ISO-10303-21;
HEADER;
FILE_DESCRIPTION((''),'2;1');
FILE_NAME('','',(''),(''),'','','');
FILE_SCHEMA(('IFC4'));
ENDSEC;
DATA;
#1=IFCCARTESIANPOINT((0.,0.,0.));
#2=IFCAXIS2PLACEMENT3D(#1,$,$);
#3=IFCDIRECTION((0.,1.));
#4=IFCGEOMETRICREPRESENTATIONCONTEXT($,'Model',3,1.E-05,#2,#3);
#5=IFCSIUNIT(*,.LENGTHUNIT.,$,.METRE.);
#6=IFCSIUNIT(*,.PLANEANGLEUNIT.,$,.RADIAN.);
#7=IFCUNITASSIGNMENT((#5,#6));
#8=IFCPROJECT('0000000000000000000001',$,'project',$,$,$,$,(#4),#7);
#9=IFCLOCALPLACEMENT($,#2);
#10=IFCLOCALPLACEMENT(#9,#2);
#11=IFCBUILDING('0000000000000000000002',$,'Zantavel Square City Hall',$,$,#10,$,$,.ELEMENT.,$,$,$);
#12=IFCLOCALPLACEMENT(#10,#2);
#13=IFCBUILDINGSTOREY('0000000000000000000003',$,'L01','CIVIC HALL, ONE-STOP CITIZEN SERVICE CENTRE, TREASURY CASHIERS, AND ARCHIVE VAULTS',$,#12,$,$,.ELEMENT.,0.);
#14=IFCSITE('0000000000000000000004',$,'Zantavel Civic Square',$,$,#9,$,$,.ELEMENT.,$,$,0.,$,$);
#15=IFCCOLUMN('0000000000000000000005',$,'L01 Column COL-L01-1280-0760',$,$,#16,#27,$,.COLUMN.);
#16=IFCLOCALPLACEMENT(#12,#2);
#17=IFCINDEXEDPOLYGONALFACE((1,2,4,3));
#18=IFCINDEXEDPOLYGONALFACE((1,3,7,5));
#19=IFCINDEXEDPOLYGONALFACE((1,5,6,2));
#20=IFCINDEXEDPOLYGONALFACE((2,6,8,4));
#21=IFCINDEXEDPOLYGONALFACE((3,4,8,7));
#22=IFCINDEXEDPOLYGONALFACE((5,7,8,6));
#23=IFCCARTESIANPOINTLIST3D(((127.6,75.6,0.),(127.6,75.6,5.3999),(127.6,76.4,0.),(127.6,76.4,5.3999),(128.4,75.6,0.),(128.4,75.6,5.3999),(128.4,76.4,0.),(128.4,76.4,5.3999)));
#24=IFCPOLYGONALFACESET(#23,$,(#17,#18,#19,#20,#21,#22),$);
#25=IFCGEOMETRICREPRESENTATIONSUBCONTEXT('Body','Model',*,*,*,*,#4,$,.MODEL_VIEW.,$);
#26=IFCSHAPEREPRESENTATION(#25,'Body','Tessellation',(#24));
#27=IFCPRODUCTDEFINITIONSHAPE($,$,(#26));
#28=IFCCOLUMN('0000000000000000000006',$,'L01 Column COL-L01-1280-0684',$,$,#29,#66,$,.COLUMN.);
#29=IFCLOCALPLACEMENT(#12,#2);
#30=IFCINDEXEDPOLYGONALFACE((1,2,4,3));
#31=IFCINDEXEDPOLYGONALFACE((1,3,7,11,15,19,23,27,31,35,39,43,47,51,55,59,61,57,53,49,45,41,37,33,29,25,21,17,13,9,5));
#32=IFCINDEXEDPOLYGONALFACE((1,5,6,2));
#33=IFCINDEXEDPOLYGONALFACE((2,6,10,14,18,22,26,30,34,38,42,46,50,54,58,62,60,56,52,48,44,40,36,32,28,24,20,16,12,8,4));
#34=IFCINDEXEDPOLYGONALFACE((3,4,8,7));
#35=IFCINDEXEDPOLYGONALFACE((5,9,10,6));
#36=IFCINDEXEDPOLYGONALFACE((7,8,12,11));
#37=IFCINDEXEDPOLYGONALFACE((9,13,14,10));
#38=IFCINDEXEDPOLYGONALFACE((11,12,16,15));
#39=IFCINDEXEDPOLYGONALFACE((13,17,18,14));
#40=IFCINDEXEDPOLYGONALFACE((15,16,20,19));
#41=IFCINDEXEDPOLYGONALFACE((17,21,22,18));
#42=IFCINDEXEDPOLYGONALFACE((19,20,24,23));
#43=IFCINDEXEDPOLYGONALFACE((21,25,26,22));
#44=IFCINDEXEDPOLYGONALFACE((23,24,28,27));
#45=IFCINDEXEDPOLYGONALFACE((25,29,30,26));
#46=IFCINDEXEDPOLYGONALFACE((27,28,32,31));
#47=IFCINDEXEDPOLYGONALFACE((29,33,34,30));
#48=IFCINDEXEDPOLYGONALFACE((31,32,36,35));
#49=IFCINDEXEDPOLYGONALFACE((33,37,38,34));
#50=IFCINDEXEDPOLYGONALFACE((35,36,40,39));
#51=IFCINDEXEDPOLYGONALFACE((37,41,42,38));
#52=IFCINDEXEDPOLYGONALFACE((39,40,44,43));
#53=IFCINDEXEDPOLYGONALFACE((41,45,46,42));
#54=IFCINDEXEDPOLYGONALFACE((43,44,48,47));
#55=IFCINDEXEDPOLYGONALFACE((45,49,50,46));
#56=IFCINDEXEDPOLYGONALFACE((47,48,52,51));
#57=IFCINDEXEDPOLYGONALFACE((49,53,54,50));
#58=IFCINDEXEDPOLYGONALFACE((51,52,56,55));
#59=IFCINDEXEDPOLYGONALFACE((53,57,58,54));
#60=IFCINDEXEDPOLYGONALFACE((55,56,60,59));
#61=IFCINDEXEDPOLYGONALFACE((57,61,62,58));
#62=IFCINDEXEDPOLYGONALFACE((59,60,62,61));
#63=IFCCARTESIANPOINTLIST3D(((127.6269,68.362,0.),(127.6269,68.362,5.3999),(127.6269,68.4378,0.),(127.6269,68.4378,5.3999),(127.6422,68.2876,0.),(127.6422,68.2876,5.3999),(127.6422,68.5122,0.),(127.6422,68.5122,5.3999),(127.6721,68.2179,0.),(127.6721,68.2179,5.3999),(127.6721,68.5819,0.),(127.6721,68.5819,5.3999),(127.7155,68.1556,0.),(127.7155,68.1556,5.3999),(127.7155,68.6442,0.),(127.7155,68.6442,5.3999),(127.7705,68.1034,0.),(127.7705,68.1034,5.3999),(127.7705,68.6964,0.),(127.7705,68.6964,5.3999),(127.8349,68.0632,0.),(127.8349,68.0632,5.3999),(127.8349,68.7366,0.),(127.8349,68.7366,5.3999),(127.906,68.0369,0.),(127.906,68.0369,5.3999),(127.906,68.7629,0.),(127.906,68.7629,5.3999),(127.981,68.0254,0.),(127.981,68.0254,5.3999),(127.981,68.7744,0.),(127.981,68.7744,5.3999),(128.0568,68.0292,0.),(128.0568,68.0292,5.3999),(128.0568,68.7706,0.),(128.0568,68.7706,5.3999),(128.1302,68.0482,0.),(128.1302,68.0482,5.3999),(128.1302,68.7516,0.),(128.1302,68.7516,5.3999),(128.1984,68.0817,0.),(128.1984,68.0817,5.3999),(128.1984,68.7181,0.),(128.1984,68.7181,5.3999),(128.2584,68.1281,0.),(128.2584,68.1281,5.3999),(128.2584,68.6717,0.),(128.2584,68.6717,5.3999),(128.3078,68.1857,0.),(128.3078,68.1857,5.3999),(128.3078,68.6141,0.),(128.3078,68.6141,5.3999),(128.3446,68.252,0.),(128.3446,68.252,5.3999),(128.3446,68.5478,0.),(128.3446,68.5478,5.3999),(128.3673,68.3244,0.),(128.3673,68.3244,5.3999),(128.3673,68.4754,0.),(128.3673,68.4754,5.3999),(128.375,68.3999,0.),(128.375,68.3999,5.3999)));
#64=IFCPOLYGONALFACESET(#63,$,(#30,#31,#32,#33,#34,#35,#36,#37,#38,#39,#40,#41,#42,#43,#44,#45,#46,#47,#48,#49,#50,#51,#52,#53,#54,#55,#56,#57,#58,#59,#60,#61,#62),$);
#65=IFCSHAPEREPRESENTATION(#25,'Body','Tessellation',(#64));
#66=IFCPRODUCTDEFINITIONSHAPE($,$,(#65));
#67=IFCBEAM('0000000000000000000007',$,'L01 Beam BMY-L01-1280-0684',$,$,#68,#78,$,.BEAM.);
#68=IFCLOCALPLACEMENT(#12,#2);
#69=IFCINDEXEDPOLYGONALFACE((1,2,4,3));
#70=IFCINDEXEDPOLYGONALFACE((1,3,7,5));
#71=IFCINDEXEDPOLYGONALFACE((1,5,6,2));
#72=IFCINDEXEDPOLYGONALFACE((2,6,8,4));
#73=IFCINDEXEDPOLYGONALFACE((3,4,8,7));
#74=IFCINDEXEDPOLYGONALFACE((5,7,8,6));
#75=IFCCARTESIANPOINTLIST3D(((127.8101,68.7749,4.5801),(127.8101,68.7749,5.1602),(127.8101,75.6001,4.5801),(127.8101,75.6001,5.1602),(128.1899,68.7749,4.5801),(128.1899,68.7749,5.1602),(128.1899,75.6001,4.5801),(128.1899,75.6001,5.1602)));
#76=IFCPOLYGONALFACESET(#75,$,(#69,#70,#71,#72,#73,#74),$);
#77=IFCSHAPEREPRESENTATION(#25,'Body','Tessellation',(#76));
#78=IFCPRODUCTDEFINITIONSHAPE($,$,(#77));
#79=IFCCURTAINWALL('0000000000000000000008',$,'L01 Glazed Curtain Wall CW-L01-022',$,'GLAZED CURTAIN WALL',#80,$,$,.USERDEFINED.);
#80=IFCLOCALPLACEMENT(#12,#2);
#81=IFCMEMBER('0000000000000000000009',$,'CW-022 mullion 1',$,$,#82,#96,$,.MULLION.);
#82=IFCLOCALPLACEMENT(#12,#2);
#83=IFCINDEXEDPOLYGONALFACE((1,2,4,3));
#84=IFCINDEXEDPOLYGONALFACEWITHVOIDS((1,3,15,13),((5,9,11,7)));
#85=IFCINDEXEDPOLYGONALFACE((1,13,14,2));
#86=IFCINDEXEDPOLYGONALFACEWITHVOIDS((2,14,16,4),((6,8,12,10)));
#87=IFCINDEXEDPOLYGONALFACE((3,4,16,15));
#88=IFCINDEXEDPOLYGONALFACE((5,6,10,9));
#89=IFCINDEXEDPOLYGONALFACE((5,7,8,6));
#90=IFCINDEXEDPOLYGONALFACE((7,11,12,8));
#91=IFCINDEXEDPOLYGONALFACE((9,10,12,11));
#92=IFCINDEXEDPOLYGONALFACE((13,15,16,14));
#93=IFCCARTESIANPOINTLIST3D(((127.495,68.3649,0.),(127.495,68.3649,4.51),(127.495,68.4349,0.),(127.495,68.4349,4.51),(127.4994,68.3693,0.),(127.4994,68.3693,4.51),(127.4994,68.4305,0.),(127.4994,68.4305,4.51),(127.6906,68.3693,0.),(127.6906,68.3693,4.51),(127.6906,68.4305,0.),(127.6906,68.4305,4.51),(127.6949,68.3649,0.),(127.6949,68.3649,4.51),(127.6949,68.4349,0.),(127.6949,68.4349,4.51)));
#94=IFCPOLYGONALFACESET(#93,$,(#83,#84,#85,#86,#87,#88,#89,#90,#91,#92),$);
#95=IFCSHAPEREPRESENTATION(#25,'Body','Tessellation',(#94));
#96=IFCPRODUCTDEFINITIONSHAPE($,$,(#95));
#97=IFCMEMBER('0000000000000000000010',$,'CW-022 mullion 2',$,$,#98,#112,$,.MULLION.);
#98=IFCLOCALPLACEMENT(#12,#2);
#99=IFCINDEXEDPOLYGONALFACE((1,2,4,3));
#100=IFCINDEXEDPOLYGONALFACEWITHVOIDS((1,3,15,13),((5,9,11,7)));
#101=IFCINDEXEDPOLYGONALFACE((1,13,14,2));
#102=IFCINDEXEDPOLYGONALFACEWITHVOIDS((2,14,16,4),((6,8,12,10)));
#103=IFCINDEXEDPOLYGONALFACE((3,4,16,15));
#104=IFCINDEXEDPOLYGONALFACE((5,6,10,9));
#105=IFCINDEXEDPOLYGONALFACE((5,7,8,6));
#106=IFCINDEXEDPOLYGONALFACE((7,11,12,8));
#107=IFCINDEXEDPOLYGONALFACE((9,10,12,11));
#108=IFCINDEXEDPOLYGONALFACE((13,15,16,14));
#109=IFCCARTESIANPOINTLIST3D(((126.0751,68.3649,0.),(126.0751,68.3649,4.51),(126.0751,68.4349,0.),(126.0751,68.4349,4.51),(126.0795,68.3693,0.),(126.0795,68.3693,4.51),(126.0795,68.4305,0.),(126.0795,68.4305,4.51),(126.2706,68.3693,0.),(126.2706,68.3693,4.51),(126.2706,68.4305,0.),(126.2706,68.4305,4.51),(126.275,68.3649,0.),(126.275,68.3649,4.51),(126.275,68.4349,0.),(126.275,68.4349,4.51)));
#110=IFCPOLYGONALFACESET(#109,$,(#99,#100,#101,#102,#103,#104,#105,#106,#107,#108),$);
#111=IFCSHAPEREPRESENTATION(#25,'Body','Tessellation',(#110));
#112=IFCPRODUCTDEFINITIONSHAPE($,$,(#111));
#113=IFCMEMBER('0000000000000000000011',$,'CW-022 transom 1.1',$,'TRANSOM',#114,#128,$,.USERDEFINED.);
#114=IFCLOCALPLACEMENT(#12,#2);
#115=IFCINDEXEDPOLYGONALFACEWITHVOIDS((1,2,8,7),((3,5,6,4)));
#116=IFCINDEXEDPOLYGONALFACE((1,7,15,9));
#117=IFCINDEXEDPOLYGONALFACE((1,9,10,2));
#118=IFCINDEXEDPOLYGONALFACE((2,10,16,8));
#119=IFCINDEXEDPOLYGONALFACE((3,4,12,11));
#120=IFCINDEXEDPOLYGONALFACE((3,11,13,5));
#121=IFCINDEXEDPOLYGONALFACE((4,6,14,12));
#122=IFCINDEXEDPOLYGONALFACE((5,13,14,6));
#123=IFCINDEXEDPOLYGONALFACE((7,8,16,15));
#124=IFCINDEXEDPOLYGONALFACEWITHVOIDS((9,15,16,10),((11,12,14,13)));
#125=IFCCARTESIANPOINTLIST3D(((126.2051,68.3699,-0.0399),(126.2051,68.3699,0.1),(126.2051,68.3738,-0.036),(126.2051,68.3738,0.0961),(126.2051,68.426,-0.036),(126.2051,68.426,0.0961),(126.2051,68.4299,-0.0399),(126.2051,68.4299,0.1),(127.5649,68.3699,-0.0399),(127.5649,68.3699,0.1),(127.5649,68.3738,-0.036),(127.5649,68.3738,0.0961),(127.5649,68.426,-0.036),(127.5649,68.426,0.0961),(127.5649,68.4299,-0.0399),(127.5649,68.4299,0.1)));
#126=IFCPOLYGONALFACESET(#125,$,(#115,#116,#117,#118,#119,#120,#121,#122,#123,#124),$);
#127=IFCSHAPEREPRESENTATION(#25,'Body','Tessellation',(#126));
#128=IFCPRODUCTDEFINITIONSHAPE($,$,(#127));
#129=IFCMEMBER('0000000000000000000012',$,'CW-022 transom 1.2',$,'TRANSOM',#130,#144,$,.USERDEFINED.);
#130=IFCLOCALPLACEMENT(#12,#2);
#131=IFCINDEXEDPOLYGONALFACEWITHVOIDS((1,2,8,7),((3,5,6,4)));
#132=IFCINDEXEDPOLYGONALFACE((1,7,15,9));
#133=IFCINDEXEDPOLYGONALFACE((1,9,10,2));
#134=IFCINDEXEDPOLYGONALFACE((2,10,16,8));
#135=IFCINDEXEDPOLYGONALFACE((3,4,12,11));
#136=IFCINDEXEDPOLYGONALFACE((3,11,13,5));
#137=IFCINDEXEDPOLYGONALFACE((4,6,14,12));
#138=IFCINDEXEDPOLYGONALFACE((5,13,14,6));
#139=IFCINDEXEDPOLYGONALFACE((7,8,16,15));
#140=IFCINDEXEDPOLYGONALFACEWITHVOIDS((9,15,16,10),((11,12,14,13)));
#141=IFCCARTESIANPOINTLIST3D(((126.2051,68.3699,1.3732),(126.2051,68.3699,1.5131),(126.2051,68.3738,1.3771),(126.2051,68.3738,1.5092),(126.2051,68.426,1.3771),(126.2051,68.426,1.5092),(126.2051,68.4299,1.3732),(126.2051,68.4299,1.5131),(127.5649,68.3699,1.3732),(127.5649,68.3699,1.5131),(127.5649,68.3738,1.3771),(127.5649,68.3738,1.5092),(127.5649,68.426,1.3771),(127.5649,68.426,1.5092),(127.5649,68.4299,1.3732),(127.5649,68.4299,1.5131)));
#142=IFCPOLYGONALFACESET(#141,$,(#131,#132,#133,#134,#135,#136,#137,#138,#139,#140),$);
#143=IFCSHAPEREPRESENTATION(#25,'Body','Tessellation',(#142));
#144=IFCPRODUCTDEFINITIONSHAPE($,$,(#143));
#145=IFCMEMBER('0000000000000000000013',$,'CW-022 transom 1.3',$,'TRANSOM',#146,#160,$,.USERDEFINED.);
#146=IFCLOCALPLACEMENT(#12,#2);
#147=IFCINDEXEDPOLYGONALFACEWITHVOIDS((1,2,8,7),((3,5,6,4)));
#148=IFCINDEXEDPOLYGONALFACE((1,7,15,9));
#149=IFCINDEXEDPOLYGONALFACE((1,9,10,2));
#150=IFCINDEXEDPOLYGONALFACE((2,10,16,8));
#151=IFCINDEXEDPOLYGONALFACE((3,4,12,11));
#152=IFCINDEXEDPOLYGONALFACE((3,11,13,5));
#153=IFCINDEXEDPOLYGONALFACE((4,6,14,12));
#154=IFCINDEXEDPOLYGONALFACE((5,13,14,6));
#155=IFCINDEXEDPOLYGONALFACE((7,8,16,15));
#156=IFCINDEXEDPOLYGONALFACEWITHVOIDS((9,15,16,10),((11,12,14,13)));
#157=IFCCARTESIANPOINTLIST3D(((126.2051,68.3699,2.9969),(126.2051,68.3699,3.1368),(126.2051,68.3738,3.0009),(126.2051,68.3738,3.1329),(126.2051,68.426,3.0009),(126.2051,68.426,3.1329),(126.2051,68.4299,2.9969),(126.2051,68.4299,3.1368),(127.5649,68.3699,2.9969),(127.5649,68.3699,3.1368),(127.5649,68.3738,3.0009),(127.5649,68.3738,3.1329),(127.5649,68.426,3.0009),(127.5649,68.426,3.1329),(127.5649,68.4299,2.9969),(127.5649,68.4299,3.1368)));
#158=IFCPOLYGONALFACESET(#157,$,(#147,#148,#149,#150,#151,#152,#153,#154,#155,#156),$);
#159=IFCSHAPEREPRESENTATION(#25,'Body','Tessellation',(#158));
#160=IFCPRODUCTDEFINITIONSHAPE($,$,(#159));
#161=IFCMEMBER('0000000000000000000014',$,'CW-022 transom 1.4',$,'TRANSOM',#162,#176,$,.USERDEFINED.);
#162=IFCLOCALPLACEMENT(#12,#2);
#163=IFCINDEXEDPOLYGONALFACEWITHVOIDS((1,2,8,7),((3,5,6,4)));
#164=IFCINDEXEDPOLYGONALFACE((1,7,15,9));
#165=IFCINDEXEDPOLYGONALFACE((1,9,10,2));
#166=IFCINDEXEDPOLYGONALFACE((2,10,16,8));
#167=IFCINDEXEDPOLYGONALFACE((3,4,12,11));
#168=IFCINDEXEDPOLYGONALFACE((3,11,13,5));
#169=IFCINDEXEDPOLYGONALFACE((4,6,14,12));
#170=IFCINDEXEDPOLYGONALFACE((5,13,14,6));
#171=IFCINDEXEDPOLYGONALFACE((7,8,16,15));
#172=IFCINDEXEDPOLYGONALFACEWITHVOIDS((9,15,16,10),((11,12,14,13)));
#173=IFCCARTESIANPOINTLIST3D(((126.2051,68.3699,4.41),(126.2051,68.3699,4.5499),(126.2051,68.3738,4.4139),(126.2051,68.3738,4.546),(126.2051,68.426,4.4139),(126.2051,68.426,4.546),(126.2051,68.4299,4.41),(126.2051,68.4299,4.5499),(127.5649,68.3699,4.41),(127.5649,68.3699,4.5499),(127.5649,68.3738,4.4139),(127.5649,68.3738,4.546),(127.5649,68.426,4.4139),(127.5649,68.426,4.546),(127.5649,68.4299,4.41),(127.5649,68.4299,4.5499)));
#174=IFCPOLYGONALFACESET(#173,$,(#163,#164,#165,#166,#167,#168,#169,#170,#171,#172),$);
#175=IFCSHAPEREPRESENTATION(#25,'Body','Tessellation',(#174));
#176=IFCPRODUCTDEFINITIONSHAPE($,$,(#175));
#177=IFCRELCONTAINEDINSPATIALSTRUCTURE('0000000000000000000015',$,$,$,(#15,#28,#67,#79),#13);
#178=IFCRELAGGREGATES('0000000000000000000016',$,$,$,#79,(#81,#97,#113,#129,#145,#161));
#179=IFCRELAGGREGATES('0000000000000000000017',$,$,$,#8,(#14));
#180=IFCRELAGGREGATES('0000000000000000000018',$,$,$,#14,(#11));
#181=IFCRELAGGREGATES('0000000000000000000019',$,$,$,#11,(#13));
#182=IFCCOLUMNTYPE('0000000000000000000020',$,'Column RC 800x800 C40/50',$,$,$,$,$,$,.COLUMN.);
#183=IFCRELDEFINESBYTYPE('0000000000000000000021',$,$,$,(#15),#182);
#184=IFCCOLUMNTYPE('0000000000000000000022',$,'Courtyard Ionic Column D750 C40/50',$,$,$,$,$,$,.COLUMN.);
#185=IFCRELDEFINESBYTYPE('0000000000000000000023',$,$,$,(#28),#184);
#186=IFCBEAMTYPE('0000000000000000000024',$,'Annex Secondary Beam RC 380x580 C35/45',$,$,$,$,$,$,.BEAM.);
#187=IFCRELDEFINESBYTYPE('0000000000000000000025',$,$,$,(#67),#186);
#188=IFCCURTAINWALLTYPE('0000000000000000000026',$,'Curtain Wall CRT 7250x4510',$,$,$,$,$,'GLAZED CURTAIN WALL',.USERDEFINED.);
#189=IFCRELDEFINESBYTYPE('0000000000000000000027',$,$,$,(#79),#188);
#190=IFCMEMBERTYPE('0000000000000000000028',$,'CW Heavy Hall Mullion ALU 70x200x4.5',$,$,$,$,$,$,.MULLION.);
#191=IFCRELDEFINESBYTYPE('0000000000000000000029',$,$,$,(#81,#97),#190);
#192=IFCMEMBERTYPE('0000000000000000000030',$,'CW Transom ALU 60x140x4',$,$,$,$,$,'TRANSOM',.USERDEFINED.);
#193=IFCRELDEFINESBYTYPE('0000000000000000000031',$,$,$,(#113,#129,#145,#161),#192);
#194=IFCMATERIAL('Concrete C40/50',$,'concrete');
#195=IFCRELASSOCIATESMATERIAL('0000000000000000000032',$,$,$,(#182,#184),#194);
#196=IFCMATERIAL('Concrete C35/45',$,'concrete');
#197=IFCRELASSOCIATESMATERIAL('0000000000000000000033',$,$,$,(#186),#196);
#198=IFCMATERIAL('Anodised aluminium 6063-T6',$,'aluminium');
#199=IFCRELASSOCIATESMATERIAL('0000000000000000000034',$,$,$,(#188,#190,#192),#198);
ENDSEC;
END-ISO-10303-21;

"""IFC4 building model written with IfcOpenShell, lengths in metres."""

from ifc_helpers import new_model, si_unit, direction, frame, origin, origin_2d, place, context, subcontext, project, spatial, rectangle, hollow_rectangle, circle, extrude, material, material_profile, profile_set, type_object, element, aggregate, save


model = new_model("IFC4")

# Units and contexts
model_context = context("Model", 3, precision=1e-05, world=origin(), true_north=direction((0.0, 1.0)))
body_context = subcontext(model_context, "Body", "Model", "MODEL_VIEW")
ifc_project = project(units=[si_unit("LENGTHUNIT", "METRE"), si_unit("PLANEANGLEUNIT", "RADIAN")], contexts=[model_context])

# Site, building, storey
site_placement = place(None, origin())
site = spatial("IfcSite", under=ifc_project, at=site_placement, Name="Zantavel Civic Square", CompositionType="ELEMENT", RefElevation=0.0)
building_placement = place(site_placement, origin())
building = spatial("IfcBuilding", under=site, at=building_placement, Name="Zantavel Square City Hall", CompositionType="ELEMENT")
storey_placement = place(building_placement, origin())
storey = spatial("IfcBuildingStorey", under=building, at=storey_placement, Name="L01", Description="CIVIC HALL, ONE-STOP CITIZEN SERVICE CENTRE, TREASURY CASHIERS, AND ARCHIVE VAULTS", CompositionType="ELEMENT", Elevation=0.0)

# Columns
ifc_material_1 = material(Name="Concrete C40/50", Category="concrete")
ifc_material_profile_1 = material_profile(ifc_material_1, rectangle(XDim=0.8, YDim=0.8, at=origin_2d()), Name="RC 800x800")
ifc_profile_set_1 = profile_set([ifc_material_profile_1], Name="Concrete C40/50")
column_type_1 = type_object("IfcColumnType", Name="Column RC 800x800 C40/50", PredefinedType="COLUMN", material=ifc_profile_set_1)
column_1_placement = place(storey_placement, frame((128.0, 76.0, 0.0), z_axis=(0.0, 0.0, 1.0), x_axis=(1.0, 0.0, 0.0)))
element("IfcColumn", 1, at=column_1_placement, inside=storey, type_object=column_type_1, Name="L01 Column COL-L01-1280-0760", PredefinedType="COLUMN", context=body_context, shape_type="SweptSolid", body=[
    extrude(rectangle(XDim=0.8, YDim=0.8, at=origin_2d()), origin(), (0.0, 0.0, 1.0), 5.3999),
])
ifc_material_profile_2 = material_profile(ifc_material_1, circle(Radius=0.375, at=origin_2d()), Name="ROUND D750")
ifc_profile_set_2 = profile_set([ifc_material_profile_2], Name="Concrete C40/50")
column_type_2 = type_object("IfcColumnType", Name="Courtyard Ionic Column D750 C40/50", PredefinedType="COLUMN", material=ifc_profile_set_2)
column_2_placement = place(storey_placement, frame((128.0, 68.3999, 0.0), z_axis=(0.0, 0.0, 1.0), x_axis=(1.0, 0.0, 0.0)))
element("IfcColumn", 2, at=column_2_placement, inside=storey, type_object=column_type_2, Name="L01 Column COL-L01-1280-0684", PredefinedType="COLUMN", context=body_context, shape_type="SweptSolid", body=[
    extrude(circle(Radius=0.375, at=origin_2d()), origin(), (0.0, 0.0, 1.0), 5.3999),
])

# Beam
ifc_material_2 = material(Name="Concrete C35/45", Category="concrete")
ifc_material_profile_3 = material_profile(ifc_material_2, rectangle(XDim=0.3799, YDim=0.5801, at=origin_2d()), Name="RC 380x580")
ifc_profile_set_3 = profile_set([ifc_material_profile_3], Name="Concrete C35/45")
beam_type_1 = type_object("IfcBeamType", Name="Annex Secondary Beam RC 380x580 C35/45", PredefinedType="BEAM", material=ifc_profile_set_3)
beam_1_placement = place(storey_placement, frame((128.0, 68.7749, 4.8701), z_axis=(0.0, 1.0, 0.0), x_axis=(-1.0, 0.0, 0.0)))
element("IfcBeam", 3, at=beam_1_placement, inside=storey, type_object=beam_type_1, Name="L01 Beam BMY-L01-1280-0684", PredefinedType="BEAM", context=body_context, shape_type="SweptSolid", body=[
    extrude(rectangle(XDim=0.3799, YDim=0.5801, at=origin_2d()), origin(), (0.0, 0.0, 1.0), 6.8252),
])

# Curtain wall, members
ifc_material_3 = material(Name="Anodised aluminium 6063-T6", Category="aluminium")
curtain_wall_type = type_object("IfcCurtainWallType", Name="Curtain Wall CRT 7250x4510", ElementType="GLAZED CURTAIN WALL", PredefinedType="USERDEFINED", material=ifc_material_3)
curtain_wall_placement = place(storey_placement, origin())
curtain_wall = element("IfcCurtainWall", 4, at=curtain_wall_placement, inside=storey, type_object=curtain_wall_type, Name="L01 Glazed Curtain Wall CW-L01-022", ObjectType="GLAZED CURTAIN WALL", PredefinedType="USERDEFINED")
ifc_material_profile_4 = material_profile(ifc_material_3, hollow_rectangle(XDim=0.0701, YDim=0.2, WallThickness=0.0044, at=origin_2d()), Name="ALU 70x200x4.5")
ifc_profile_set_4 = profile_set([ifc_material_profile_4], Name="Anodised aluminium 6063-T6")
member_type_1 = type_object("IfcMemberType", Name="CW Heavy Hall Mullion ALU 70x200x4.5", PredefinedType="MULLION", material=ifc_profile_set_4)
member_1_placement = place(storey_placement, frame((127.595, 68.3999, 0.0), z_axis=(0.0, 0.0, 1.0), x_axis=(0.0, -1.0, 0.0)))
member_1 = element("IfcMember", 5, at=member_1_placement, type_object=member_type_1, Name="CW-022 mullion 1", PredefinedType="MULLION", context=body_context, shape_type="SweptSolid", body=[
    extrude(hollow_rectangle(XDim=0.0701, YDim=0.2, WallThickness=0.0044, at=origin_2d()), origin(), (0.0, 0.0, 1.0), 4.51),
])
member_2_placement = place(storey_placement, frame((126.175, 68.3999, 0.0), z_axis=(0.0, 0.0, 1.0), x_axis=(0.0, -1.0, 0.0)))
member_2 = element("IfcMember", 6, at=member_2_placement, type_object=member_type_1, Name="CW-022 mullion 2", PredefinedType="MULLION", context=body_context, shape_type="SweptSolid", body=[
    extrude(hollow_rectangle(XDim=0.0701, YDim=0.2, WallThickness=0.0044, at=origin_2d()), origin(), (0.0, 0.0, 1.0), 4.51),
])
ifc_material_profile_5 = material_profile(ifc_material_3, hollow_rectangle(XDim=0.0601, YDim=0.1399, WallThickness=0.0039, at=origin_2d()), Name="ALU 60x140x4")
ifc_profile_set_5 = profile_set([ifc_material_profile_5], Name="Anodised aluminium 6063-T6")
member_type_2 = type_object("IfcMemberType", Name="CW Transom ALU 60x140x4", ElementType="TRANSOM", PredefinedType="USERDEFINED", material=ifc_profile_set_5)
member_3_placement = place(storey_placement, frame((127.5649, 68.3999, 0.03), z_axis=(-1.0, 0.0, 0.0), x_axis=(0.0, -1.0, 0.0)))
member_3 = element("IfcMember", 7, at=member_3_placement, type_object=member_type_2, Name="CW-022 transom 1.1", ObjectType="TRANSOM", PredefinedType="USERDEFINED", context=body_context, shape_type="SweptSolid", body=[
    extrude(hollow_rectangle(XDim=0.0601, YDim=0.1399, WallThickness=0.0039, at=origin_2d()), origin(), (0.0, 0.0, 1.0), 1.3599),
])
member_4_placement = place(storey_placement, frame((127.5649, 68.3999, 1.4431), z_axis=(-1.0, 0.0, 0.0), x_axis=(0.0, -1.0, 0.0)))
member_4 = element("IfcMember", 8, at=member_4_placement, type_object=member_type_2, Name="CW-022 transom 1.2", ObjectType="TRANSOM", PredefinedType="USERDEFINED", context=body_context, shape_type="SweptSolid", body=[
    extrude(hollow_rectangle(XDim=0.0601, YDim=0.1399, WallThickness=0.0039, at=origin_2d()), origin(), (0.0, 0.0, 1.0), 1.3599),
])
member_5_placement = place(storey_placement, frame((127.5649, 68.3999, 3.0669), z_axis=(-1.0, 0.0, 0.0), x_axis=(0.0, -1.0, 0.0)))
member_5 = element("IfcMember", 9, at=member_5_placement, type_object=member_type_2, Name="CW-022 transom 1.3", ObjectType="TRANSOM", PredefinedType="USERDEFINED", context=body_context, shape_type="SweptSolid", body=[
    extrude(hollow_rectangle(XDim=0.0601, YDim=0.1399, WallThickness=0.0039, at=origin_2d()), origin(), (0.0, 0.0, 1.0), 1.3599),
])
member_6_placement = place(storey_placement, frame((127.5649, 68.3999, 4.48), z_axis=(-1.0, 0.0, 0.0), x_axis=(0.0, -1.0, 0.0)))
member_6 = element("IfcMember", 10, at=member_6_placement, type_object=member_type_2, Name="CW-022 transom 1.4", ObjectType="TRANSOM", PredefinedType="USERDEFINED", context=body_context, shape_type="SweptSolid", body=[
    extrude(hollow_rectangle(XDim=0.0601, YDim=0.1399, WallThickness=0.0039, at=origin_2d()), origin(), (0.0, 0.0, 1.0), 1.3599),
])

aggregate(curtain_wall, [member_1, member_2, member_3, member_4, member_5, member_6])

save(model, "model.ifc")
